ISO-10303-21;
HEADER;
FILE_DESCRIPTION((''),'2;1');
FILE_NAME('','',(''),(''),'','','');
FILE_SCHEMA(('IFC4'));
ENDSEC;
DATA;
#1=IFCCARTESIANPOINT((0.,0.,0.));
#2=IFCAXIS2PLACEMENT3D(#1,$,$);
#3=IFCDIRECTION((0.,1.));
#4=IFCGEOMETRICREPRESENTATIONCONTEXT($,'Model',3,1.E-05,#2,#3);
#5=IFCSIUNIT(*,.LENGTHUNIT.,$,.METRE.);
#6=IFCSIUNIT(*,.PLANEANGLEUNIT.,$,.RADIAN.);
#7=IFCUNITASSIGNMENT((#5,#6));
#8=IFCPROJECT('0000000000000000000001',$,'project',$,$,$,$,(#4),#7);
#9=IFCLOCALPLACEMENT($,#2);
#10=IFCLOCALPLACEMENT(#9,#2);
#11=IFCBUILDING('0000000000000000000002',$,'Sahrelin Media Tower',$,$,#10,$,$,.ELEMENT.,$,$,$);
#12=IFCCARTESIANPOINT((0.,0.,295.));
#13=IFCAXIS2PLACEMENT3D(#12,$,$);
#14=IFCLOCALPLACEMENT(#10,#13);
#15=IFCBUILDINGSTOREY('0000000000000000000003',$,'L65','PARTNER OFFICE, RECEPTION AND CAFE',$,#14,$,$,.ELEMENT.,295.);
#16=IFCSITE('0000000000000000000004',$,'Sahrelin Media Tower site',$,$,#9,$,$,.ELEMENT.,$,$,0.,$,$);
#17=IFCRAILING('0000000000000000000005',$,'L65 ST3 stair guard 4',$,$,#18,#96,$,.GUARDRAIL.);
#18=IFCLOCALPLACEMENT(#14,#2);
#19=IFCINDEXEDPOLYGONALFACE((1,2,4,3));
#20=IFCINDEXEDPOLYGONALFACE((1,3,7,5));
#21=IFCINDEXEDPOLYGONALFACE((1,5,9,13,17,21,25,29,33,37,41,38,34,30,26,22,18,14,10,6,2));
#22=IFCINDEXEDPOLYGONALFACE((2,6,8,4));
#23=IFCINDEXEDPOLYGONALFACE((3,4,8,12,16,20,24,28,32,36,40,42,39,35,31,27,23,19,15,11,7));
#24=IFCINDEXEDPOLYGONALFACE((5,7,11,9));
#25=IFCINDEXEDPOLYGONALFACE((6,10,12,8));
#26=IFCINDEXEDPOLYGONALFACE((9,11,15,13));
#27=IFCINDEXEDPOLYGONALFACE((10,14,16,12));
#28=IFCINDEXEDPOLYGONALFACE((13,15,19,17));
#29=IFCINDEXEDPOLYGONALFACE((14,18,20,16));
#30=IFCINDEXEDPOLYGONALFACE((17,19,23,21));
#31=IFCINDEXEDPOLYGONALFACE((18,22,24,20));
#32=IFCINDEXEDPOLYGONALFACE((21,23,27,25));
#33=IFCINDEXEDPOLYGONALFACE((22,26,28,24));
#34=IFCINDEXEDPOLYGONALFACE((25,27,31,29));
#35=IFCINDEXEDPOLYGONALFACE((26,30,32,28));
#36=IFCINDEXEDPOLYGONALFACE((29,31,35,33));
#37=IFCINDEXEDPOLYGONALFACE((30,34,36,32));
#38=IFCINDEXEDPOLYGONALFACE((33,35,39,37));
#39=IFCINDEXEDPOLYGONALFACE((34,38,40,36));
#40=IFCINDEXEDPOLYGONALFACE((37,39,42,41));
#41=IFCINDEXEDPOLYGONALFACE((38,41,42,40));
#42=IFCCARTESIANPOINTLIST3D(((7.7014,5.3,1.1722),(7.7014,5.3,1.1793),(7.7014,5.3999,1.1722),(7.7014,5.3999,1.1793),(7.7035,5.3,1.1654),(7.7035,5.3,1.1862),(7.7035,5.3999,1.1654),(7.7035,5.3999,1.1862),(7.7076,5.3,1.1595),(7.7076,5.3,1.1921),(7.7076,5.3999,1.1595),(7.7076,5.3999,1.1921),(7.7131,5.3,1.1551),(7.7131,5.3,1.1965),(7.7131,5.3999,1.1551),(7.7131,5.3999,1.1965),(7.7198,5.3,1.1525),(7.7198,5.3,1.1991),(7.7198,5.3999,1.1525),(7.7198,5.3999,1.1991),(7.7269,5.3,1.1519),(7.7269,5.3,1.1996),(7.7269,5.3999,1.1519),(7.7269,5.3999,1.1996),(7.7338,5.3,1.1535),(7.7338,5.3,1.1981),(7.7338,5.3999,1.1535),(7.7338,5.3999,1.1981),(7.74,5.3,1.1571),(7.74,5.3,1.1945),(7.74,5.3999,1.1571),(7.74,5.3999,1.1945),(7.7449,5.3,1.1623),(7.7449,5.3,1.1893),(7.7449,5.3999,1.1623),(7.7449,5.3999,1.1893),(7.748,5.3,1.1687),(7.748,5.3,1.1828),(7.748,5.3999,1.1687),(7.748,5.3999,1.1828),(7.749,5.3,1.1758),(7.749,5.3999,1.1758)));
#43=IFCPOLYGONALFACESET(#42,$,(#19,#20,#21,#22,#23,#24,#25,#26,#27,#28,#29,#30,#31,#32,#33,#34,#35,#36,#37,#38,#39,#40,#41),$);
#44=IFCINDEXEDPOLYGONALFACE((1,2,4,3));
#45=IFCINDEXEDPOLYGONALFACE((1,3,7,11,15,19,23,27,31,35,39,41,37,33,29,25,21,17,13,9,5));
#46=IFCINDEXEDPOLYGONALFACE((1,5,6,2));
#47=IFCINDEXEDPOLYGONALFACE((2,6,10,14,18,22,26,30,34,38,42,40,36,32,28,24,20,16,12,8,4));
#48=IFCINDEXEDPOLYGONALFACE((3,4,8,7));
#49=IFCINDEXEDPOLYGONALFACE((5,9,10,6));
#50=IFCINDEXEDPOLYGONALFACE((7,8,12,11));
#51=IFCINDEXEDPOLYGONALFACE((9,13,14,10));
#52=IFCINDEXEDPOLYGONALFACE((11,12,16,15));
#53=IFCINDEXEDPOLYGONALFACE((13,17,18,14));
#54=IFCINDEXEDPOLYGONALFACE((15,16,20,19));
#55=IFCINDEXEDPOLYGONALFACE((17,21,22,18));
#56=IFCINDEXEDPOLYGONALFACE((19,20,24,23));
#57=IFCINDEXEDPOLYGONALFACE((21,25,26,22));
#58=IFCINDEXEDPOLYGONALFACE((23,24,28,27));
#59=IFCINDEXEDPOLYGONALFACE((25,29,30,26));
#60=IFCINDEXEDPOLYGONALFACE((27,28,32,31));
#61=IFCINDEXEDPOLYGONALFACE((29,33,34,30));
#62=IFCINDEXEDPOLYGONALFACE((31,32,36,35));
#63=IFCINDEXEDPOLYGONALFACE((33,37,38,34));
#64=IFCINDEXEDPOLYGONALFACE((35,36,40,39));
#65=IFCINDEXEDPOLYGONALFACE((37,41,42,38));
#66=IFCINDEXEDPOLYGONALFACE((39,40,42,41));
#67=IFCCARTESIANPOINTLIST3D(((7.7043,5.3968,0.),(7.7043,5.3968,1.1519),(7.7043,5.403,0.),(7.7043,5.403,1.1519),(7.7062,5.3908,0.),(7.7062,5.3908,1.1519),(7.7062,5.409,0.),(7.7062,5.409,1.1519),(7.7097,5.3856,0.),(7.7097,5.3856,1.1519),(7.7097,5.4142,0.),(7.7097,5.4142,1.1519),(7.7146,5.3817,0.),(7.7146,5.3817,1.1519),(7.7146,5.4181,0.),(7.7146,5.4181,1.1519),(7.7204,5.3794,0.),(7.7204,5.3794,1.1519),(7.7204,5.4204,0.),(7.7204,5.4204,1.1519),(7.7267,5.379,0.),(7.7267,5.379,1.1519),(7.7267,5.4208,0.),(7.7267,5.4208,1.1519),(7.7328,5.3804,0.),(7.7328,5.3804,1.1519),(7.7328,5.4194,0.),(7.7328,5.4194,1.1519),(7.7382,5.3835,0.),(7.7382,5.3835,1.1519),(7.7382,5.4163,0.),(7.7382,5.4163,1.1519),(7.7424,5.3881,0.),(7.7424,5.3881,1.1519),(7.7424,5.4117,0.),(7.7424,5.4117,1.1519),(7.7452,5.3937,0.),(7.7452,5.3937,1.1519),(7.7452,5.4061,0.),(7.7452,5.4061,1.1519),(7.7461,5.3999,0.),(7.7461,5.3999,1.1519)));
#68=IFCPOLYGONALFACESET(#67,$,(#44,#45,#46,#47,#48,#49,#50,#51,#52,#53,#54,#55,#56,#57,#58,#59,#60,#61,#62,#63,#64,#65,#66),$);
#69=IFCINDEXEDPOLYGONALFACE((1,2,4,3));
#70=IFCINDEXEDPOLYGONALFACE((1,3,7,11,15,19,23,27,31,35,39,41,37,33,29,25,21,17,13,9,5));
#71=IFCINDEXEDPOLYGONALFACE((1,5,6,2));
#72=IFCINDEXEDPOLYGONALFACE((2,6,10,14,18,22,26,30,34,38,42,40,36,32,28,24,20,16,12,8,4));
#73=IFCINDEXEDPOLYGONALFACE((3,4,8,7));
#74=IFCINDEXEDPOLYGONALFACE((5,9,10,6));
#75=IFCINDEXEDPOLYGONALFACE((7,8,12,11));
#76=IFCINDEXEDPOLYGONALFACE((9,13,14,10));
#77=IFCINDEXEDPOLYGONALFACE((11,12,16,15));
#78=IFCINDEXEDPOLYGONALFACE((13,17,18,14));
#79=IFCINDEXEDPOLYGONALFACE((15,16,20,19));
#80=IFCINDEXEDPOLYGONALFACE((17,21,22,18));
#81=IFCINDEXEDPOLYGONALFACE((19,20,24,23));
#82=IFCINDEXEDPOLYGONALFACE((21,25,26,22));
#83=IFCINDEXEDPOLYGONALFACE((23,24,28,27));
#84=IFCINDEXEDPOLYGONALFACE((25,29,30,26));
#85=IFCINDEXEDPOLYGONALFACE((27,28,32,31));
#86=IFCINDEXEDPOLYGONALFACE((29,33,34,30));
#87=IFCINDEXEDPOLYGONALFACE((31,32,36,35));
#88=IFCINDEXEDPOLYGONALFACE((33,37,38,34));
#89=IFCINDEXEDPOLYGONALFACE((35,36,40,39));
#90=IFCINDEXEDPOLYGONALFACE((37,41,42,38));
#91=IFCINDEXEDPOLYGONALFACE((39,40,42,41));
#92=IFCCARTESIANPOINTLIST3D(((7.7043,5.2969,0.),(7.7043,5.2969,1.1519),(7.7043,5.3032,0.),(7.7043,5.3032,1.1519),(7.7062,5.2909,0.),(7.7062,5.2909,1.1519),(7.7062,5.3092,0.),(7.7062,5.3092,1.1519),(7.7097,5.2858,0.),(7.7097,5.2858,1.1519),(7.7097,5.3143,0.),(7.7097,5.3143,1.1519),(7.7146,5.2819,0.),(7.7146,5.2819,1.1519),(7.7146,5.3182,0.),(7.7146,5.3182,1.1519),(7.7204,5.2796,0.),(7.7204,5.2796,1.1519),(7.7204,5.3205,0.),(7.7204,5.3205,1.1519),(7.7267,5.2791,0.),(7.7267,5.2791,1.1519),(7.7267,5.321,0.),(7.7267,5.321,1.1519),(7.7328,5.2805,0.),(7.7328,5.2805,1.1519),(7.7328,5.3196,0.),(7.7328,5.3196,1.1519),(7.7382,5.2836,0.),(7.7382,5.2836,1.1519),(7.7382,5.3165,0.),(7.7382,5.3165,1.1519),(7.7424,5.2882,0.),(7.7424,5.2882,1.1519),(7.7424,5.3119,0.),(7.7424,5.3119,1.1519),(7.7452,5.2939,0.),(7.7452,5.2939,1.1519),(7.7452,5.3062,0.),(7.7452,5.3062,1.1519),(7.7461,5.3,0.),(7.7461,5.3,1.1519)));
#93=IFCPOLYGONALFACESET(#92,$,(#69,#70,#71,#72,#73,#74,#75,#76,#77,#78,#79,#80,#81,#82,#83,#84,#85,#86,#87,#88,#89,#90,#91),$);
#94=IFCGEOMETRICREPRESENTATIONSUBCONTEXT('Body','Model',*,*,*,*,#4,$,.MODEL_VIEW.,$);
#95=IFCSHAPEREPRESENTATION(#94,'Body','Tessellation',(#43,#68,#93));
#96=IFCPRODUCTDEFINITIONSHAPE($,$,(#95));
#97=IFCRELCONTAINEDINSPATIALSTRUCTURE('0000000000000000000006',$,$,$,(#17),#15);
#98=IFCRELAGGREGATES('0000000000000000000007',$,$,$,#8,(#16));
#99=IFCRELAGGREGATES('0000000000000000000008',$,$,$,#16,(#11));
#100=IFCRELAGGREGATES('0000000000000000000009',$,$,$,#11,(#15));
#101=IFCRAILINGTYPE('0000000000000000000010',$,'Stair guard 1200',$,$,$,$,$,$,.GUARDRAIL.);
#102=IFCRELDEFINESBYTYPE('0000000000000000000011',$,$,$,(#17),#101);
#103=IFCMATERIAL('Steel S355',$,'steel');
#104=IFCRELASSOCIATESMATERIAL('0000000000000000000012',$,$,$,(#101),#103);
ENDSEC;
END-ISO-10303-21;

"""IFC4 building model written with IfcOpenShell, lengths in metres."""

from ifc_helpers import new_model, si_unit, direction, frame, origin, origin_2d, place, context, subcontext, project, spatial, circle, extrude, material, type_object, element, save


model = new_model("IFC4")

# Units and contexts
model_context = context("Model", 3, precision=1e-05, world=origin(), true_north=direction((0.0, 1.0)))
body_context = subcontext(model_context, "Body", "Model", "MODEL_VIEW")
ifc_project = project(units=[si_unit("LENGTHUNIT", "METRE"), si_unit("PLANEANGLEUNIT", "RADIAN")], contexts=[model_context])

# Site, building, storey
site_placement = place(None, origin())
site = spatial("IfcSite", under=ifc_project, at=site_placement, Name="Sahrelin Media Tower site", CompositionType="ELEMENT", RefElevation=0.0)
building_placement = place(site_placement, origin())
building = spatial("IfcBuilding", under=site, at=building_placement, Name="Sahrelin Media Tower", CompositionType="ELEMENT")
storey_placement = place(building_placement, frame((0.0, 0.0, 295.0)))
storey = spatial("IfcBuildingStorey", under=building, at=storey_placement, Name="L65", Description="PARTNER OFFICE, RECEPTION AND CAFE", CompositionType="ELEMENT", Elevation=295.0)

# Shared definitions
ifc_material_1 = material(Name="Steel S355", Category="steel")

# Railing
railing_type_1 = type_object("IfcRailingType", Name="Stair guard 1200", PredefinedType="GUARDRAIL", material=ifc_material_1)
railing_1_placement = place(storey_placement, frame((7.7251, 5.3999, 0.0)))
element("IfcRailing", 1, at=railing_1_placement, inside=storey, type_object=railing_type_1, Name="L65 ST3 stair guard 4", PredefinedType="GUARDRAIL", context=body_context, shape_type="SweptSolid", body=[
    extrude(circle(Radius=0.0239, at=origin_2d()), frame((0.0, 0.0, 1.1758), z_axis=(0.0, -1.0, 0.0), x_axis=(1.0, 0.0, 0.0)), (0.0, 0.0, 1.0), 0.0999),
    extrude(circle(Radius=0.021, at=origin_2d()), origin(), (0.0, 0.0, 1.0), 1.1519),
    extrude(circle(Radius=0.021, at=origin_2d()), frame((0.0, -0.0999, 0.0)), (0.0, 0.0, 1.0), 1.1519),
])

save(model, "model.ifc")
